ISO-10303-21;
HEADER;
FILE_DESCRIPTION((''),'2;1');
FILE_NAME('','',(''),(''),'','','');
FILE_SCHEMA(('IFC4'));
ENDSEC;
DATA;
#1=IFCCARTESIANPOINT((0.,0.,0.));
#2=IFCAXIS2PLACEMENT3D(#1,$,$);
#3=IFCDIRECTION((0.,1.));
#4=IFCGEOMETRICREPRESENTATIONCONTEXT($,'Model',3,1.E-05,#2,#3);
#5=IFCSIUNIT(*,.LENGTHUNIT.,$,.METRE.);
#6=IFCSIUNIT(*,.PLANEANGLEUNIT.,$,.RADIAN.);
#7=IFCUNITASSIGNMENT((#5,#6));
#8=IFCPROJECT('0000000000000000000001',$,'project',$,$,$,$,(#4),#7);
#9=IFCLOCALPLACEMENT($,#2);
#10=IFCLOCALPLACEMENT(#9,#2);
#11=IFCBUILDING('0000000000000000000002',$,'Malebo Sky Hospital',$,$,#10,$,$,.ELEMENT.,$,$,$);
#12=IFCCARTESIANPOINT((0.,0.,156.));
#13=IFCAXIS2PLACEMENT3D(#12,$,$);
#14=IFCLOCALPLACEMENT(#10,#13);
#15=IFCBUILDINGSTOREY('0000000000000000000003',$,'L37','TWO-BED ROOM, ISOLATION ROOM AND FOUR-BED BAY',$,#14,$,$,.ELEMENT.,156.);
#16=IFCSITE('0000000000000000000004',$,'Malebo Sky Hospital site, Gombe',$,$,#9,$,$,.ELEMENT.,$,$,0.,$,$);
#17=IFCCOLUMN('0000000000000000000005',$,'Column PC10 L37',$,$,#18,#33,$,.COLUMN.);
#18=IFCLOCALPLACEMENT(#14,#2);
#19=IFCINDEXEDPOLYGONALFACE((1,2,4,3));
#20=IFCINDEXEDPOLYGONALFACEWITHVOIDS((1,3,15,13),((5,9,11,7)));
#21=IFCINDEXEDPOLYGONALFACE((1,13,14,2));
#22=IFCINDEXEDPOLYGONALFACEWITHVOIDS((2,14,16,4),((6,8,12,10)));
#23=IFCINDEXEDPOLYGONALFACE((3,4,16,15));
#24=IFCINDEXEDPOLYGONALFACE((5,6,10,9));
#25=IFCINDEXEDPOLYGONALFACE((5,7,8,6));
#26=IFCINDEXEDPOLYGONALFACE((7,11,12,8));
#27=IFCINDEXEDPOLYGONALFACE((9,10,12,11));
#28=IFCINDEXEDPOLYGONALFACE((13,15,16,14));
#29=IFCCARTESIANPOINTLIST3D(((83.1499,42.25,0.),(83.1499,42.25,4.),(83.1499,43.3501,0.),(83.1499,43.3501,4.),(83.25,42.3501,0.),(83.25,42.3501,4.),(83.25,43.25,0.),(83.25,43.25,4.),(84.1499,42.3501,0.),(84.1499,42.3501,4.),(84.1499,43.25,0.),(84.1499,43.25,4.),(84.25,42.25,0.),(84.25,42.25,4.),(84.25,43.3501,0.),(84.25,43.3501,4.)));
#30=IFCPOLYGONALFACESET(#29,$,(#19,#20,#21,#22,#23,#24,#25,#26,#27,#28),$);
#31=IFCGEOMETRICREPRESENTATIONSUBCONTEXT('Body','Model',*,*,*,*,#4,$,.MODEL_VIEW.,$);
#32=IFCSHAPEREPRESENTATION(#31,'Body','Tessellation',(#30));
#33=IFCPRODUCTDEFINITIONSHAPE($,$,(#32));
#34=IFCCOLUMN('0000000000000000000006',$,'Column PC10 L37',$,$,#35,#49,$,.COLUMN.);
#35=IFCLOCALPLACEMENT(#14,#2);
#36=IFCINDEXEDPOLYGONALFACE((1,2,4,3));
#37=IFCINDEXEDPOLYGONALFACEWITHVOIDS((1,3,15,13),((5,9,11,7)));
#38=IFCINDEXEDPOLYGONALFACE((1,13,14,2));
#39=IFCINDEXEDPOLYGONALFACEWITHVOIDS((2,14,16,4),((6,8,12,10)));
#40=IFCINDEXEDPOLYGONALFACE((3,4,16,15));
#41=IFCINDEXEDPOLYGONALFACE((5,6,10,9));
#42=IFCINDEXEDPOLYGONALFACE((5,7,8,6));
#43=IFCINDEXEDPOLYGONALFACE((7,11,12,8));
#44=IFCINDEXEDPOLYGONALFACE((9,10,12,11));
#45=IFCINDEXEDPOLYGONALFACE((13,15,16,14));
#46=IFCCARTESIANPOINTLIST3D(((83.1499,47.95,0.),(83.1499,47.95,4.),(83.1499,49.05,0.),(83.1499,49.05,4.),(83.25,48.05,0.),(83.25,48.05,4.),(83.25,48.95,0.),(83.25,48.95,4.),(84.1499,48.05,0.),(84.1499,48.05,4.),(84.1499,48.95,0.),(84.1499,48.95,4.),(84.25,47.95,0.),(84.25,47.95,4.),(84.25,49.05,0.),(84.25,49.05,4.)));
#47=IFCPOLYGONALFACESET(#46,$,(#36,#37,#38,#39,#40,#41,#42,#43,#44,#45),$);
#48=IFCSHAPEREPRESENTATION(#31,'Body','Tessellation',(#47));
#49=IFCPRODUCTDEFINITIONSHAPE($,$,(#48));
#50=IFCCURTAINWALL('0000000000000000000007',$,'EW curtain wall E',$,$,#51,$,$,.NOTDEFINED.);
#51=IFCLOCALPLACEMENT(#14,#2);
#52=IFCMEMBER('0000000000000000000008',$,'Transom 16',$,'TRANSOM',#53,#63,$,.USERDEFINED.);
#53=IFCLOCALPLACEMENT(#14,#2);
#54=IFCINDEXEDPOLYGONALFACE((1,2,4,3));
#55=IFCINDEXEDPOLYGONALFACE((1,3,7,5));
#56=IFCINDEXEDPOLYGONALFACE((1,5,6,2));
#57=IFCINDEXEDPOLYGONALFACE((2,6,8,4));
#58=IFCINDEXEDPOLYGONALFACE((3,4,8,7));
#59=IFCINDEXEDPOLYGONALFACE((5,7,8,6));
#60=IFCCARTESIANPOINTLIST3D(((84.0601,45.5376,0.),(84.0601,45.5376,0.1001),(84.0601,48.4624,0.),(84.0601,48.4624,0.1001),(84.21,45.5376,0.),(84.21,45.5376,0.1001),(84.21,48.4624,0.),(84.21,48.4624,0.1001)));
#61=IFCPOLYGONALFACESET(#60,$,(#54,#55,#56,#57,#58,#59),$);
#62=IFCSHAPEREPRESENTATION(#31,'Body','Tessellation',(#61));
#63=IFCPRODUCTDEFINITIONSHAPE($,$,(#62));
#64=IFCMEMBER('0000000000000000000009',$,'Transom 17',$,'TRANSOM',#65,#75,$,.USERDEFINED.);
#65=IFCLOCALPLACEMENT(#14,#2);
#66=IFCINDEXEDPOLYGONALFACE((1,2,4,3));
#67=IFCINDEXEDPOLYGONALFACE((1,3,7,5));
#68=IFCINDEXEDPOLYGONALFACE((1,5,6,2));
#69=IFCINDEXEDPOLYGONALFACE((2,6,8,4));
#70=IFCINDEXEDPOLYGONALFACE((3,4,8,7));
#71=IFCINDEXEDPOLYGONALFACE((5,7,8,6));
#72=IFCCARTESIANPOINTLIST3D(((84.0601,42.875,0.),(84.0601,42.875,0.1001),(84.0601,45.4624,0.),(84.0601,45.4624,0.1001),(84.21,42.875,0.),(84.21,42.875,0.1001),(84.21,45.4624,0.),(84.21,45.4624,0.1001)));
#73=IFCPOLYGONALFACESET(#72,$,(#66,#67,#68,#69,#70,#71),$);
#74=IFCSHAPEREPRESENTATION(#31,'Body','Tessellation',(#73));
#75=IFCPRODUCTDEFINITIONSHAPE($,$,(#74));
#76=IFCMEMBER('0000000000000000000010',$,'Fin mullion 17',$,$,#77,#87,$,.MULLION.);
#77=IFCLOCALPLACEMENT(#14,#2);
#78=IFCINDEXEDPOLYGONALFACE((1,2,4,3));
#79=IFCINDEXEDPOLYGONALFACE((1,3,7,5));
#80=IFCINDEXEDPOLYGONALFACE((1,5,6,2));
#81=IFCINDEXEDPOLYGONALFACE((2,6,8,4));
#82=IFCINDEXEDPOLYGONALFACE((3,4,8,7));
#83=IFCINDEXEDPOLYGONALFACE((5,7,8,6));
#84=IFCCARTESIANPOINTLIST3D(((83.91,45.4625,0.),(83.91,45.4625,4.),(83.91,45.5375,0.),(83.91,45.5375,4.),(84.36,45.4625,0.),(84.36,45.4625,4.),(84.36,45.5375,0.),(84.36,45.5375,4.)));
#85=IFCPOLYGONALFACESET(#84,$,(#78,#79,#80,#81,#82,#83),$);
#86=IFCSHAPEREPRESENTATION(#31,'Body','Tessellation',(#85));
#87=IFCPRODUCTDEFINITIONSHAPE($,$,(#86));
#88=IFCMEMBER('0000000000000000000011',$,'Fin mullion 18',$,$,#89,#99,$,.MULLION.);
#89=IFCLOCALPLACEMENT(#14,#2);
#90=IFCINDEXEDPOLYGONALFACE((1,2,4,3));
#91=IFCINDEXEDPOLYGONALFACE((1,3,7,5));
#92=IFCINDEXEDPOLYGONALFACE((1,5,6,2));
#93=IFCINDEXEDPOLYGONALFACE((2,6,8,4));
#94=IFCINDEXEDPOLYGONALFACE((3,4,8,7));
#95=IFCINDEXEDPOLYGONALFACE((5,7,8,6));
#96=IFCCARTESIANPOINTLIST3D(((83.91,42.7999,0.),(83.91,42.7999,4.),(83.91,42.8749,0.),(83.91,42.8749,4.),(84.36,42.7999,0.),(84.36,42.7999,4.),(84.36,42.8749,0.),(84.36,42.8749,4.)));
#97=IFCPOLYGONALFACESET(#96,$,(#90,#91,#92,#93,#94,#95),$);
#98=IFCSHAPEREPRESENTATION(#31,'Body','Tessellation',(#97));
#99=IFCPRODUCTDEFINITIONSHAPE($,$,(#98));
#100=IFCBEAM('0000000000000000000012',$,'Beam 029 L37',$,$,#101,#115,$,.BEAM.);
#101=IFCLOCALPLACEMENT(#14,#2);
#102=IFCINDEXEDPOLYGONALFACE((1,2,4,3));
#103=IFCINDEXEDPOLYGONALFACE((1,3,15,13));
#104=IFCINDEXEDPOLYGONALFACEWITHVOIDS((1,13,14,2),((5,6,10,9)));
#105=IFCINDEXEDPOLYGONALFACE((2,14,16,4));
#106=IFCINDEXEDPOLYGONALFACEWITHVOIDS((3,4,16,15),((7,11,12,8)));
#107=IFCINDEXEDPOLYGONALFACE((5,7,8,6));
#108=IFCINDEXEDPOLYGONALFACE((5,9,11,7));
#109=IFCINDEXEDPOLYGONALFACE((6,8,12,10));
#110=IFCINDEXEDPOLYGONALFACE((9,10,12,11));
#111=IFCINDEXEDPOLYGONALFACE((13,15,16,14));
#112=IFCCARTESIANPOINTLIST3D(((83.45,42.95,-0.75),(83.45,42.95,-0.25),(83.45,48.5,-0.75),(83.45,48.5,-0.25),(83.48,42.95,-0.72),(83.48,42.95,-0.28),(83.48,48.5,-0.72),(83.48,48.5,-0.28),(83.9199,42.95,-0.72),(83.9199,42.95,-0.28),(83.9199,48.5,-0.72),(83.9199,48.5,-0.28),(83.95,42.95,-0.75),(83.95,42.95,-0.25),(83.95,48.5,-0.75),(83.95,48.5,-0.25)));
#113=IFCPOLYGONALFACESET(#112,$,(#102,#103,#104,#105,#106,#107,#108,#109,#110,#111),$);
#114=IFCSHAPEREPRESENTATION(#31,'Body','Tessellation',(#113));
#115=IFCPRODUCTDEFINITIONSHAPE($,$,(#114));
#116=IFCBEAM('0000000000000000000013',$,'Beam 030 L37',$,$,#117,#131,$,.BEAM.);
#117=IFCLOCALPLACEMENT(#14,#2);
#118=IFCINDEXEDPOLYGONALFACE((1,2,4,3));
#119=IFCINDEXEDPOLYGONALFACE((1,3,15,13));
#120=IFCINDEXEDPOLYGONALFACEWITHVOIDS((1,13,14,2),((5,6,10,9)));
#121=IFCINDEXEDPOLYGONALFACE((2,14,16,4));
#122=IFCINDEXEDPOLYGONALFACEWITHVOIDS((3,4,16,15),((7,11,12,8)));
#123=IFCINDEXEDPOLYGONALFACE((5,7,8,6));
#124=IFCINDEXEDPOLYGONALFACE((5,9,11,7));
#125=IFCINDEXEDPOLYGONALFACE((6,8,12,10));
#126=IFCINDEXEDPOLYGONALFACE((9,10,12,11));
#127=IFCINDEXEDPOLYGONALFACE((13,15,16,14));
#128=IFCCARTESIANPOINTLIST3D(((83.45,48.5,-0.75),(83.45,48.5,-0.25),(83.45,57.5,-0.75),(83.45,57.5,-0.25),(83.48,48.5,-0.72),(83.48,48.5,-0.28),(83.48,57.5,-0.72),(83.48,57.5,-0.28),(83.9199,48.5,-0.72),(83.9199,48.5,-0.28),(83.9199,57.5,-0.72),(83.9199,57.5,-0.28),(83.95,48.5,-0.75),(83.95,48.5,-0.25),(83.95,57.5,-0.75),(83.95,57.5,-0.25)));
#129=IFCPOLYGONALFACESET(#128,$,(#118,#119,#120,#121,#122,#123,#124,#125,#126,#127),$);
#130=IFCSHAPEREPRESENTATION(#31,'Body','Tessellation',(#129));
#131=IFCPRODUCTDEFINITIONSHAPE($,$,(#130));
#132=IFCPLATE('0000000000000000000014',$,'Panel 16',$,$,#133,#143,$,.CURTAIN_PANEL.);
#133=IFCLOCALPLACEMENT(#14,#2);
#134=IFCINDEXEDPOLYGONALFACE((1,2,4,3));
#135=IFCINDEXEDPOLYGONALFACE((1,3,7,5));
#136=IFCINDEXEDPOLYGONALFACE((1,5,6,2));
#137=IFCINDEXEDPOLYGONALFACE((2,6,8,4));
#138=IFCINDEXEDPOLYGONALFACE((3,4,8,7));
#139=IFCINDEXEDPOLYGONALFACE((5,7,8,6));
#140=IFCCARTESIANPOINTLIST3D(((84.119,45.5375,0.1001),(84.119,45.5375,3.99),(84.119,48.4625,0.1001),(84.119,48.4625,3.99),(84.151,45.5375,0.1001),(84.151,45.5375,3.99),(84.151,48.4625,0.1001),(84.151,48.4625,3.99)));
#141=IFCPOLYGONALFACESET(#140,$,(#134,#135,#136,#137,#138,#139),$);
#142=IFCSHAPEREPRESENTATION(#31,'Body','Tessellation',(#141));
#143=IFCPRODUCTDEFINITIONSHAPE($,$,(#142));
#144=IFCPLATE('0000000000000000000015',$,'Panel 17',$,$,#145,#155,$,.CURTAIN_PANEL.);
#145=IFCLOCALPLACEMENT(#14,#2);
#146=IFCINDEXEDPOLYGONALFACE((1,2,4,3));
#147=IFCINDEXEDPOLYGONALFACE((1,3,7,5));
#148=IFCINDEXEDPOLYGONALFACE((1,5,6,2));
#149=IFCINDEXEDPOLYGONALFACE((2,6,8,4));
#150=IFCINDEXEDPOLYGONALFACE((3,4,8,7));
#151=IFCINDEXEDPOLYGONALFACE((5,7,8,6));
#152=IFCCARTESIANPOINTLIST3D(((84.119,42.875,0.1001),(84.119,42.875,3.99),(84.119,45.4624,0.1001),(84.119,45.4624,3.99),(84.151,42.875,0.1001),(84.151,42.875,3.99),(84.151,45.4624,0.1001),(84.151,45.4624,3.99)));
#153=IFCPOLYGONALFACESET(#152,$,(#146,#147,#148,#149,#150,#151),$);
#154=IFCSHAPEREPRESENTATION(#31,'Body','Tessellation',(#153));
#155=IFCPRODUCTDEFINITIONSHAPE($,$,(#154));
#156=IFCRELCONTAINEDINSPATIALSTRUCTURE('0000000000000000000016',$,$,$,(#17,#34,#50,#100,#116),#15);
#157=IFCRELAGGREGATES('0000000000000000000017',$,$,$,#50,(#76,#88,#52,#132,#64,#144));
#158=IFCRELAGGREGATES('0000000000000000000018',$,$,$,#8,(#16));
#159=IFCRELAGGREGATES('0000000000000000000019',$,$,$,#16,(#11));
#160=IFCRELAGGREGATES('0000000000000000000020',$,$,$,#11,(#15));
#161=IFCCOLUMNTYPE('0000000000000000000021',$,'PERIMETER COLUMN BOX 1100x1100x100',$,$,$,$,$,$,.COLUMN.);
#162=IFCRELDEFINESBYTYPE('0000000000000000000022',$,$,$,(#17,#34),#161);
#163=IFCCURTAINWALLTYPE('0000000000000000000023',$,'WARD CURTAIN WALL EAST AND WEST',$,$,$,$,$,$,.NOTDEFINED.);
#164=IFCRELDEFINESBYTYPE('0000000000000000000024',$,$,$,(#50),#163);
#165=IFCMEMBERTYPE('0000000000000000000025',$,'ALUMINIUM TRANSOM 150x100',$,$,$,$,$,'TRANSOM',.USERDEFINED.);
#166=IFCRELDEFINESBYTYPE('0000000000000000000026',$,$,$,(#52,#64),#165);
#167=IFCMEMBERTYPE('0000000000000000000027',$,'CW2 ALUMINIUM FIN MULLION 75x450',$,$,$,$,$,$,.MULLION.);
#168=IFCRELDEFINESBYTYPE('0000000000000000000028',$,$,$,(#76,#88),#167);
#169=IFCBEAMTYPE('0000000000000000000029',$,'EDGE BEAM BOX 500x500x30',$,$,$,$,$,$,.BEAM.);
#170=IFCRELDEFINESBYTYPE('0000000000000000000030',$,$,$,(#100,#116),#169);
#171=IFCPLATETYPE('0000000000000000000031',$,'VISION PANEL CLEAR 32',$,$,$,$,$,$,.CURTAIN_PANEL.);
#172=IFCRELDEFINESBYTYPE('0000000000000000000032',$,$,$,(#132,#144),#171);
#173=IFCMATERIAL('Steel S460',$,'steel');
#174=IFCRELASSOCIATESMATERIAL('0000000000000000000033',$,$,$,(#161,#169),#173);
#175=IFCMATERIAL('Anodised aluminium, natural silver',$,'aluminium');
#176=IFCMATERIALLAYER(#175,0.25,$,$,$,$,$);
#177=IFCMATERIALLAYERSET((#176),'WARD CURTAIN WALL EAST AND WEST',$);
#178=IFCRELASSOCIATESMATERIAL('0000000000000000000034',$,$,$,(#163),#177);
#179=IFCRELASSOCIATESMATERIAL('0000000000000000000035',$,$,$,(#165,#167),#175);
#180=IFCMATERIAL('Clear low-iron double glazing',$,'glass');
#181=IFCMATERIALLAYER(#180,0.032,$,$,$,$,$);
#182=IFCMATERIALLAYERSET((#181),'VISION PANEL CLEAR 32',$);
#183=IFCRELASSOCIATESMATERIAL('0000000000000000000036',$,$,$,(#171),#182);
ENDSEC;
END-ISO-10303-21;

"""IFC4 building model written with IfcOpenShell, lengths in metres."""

from ifc_helpers import new_model, si_unit, direction, frame, origin, origin_2d, place, context, subcontext, project, spatial, rectangle, hollow_rectangle, extrude, material, layer, layer_set, material_profile, profile_set, type_object, element, aggregate, save


model = new_model("IFC4")

# Units and contexts
model_context = context("Model", 3, precision=1e-05, world=origin(), true_north=direction((0.0, 1.0)))
body_context = subcontext(model_context, "Body", "Model", "MODEL_VIEW")
ifc_project = project(units=[si_unit("LENGTHUNIT", "METRE"), si_unit("PLANEANGLEUNIT", "RADIAN")], contexts=[model_context])

# Site, building, storey
site_placement = place(None, origin())
site = spatial("IfcSite", under=ifc_project, at=site_placement, Name="Malebo Sky Hospital site, Gombe", CompositionType="ELEMENT", RefElevation=0.0)
building_placement = place(site_placement, origin())
building = spatial("IfcBuilding", under=site, at=building_placement, Name="Malebo Sky Hospital", CompositionType="ELEMENT")
storey_placement = place(building_placement, frame((0.0, 0.0, 156.0)))
storey = spatial("IfcBuildingStorey", under=building, at=storey_placement, Name="L37", Description="TWO-BED ROOM, ISOLATION ROOM AND FOUR-BED BAY", CompositionType="ELEMENT", Elevation=156.0)

# Columns
ifc_material_1 = material(Name="Steel S460", Category="steel")
ifc_material_profile_1 = material_profile(ifc_material_1, hollow_rectangle(XDim=1.1001, YDim=1.1001, WallThickness=0.1001, at=origin_2d()), Name="BOX 1100x1100x100")
ifc_profile_set_1 = profile_set([ifc_material_profile_1], Name="Steel S460")
column_type = type_object("IfcColumnType", Name="PERIMETER COLUMN BOX 1100x1100x100", PredefinedType="COLUMN", material=ifc_profile_set_1)
for number, where, z_axis, x_axis, name in (
    (1, (83.7, 42.8, 0.0), (0.0, 0.0, 1.0), (1.0, 0.0, 0.0), "Column PC10 L37"),
    (2, (83.7, 48.5, 0.0), (0.0, 0.0, 1.0), (1.0, 0.0, 0.0), "Column PC10 L37"),
):
    element("IfcColumn", number, at=place(storey_placement, frame(where, z_axis=z_axis, x_axis=x_axis)), inside=storey, type_object=column_type, Name=name, PredefinedType="COLUMN", context=body_context, shape_type="SweptSolid", body=[
        extrude(hollow_rectangle(XDim=1.1001, YDim=1.1001, WallThickness=0.1001, at=origin_2d()), origin(), (0.0, 0.0, 1.0), 4.0),
    ])

# Curtain wall, members
ifc_material_2 = material(Name="Anodised aluminium, natural silver", Category="aluminium")
ifc_layer_1 = layer(ifc_material_2, 0.25)
ifc_layer_set_1 = layer_set([ifc_layer_1], Name="WARD CURTAIN WALL EAST AND WEST")
curtain_wall_type = type_object("IfcCurtainWallType", Name="WARD CURTAIN WALL EAST AND WEST", PredefinedType="NOTDEFINED", material=ifc_layer_set_1)
curtain_wall_placement = place(storey_placement, origin())
curtain_wall = element("IfcCurtainWall", 3, at=curtain_wall_placement, inside=storey, type_object=curtain_wall_type, Name="EW curtain wall E", PredefinedType="NOTDEFINED")
ifc_material_profile_2 = material_profile(ifc_material_2, rectangle(XDim=0.1499, YDim=0.1001, at=origin_2d()), Name="ALUMINIUM TRANSOM 150x100")
ifc_profile_set_2 = profile_set([ifc_material_profile_2], Name="Anodised aluminium, natural silver")
member_type_1 = type_object("IfcMemberType", Name="ALUMINIUM TRANSOM 150x100", ElementType="TRANSOM", PredefinedType="USERDEFINED", material=ifc_profile_set_2)
member_1_placement = place(storey_placement, frame((84.135, 48.4624, 0.05), z_axis=(0.0, -1.0, 0.0), x_axis=(1.0, 0.0, 0.0)))
member_1 = element("IfcMember", 4, at=member_1_placement, type_object=member_type_1, Name="Transom 16", ObjectType="TRANSOM", PredefinedType="USERDEFINED", context=body_context, shape_type="SweptSolid", body=[
    extrude(rectangle(XDim=0.1499, YDim=0.1001, at=origin_2d()), origin(), (0.0, 0.0, 1.0), 2.9248),
])
member_2_placement = place(storey_placement, frame((84.135, 45.4624, 0.05), z_axis=(0.0, -1.0, 0.0), x_axis=(1.0, 0.0, 0.0)))
member_2 = element("IfcMember", 5, at=member_2_placement, type_object=member_type_1, Name="Transom 17", ObjectType="TRANSOM", PredefinedType="USERDEFINED", context=body_context, shape_type="SweptSolid", body=[
    extrude(rectangle(XDim=0.1499, YDim=0.1001, at=origin_2d()), origin(), (0.0, 0.0, 1.0), 2.5874),
])
ifc_material_profile_3 = material_profile(ifc_material_2, rectangle(XDim=0.075, YDim=0.45, at=origin_2d()), Name="CW2 ALUMINIUM FIN MULLION 75x450")
ifc_profile_set_3 = profile_set([ifc_material_profile_3], Name="Anodised aluminium, natural silver")
member_type_2 = type_object("IfcMemberType", Name="CW2 ALUMINIUM FIN MULLION 75x450", PredefinedType="MULLION", material=ifc_profile_set_3)
member_3_placement = place(storey_placement, frame((84.135, 45.5, 0.0), z_axis=(0.0, 0.0, 1.0), x_axis=(0.0, -1.0, 0.0)))
member_3 = element("IfcMember", 6, at=member_3_placement, type_object=member_type_2, Name="Fin mullion 17", PredefinedType="MULLION", context=body_context, shape_type="SweptSolid", body=[
    extrude(rectangle(XDim=0.075, YDim=0.45, at=origin_2d()), origin(), (0.0, 0.0, 1.0), 4.0),
])
member_4_placement = place(storey_placement, frame((84.135, 42.8374, 0.0), z_axis=(0.0, 0.0, 1.0), x_axis=(0.0, -1.0, 0.0)))
member_4 = element("IfcMember", 7, at=member_4_placement, type_object=member_type_2, Name="Fin mullion 18", PredefinedType="MULLION", context=body_context, shape_type="SweptSolid", body=[
    extrude(rectangle(XDim=0.075, YDim=0.45, at=origin_2d()), origin(), (0.0, 0.0, 1.0), 4.0),
])

# Beams
ifc_material_profile_4 = material_profile(ifc_material_1, hollow_rectangle(XDim=0.5, YDim=0.5, WallThickness=0.03, at=origin_2d()), Name="BOX 500x500x30")
ifc_profile_set_4 = profile_set([ifc_material_profile_4], Name="Steel S460")
beam_type = type_object("IfcBeamType", Name="EDGE BEAM BOX 500x500x30", PredefinedType="BEAM", material=ifc_profile_set_4)
beam_1_placement = place(storey_placement, frame((83.7, 42.95, -0.5), z_axis=(0.0, 1.0, 0.0), x_axis=(-1.0, 0.0, 0.0)))
element("IfcBeam", 8, at=beam_1_placement, inside=storey, type_object=beam_type, Name="Beam 029 L37", PredefinedType="BEAM", context=body_context, shape_type="SweptSolid", body=[
    extrude(hollow_rectangle(XDim=0.5, YDim=0.5, WallThickness=0.03, at=origin_2d()), origin(), (0.0, 0.0, 1.0), 5.55),
])
beam_2_placement = place(storey_placement, frame((83.7, 48.5, -0.5), z_axis=(0.0, 1.0, 0.0), x_axis=(-1.0, 0.0, 0.0)))
element("IfcBeam", 9, at=beam_2_placement, inside=storey, type_object=beam_type, Name="Beam 030 L37", PredefinedType="BEAM", context=body_context, shape_type="SweptSolid", body=[
    extrude(hollow_rectangle(XDim=0.5, YDim=0.5, WallThickness=0.03, at=origin_2d()), origin(), (0.0, 0.0, 1.0), 9.0),
])

# Plates
ifc_material_3 = material(Name="Clear low-iron double glazing", Category="glass")
ifc_layer_2 = layer(ifc_material_3, 0.032)
ifc_layer_set_2 = layer_set([ifc_layer_2], Name="VISION PANEL CLEAR 32")
plate_type = type_object("IfcPlateType", Name="VISION PANEL CLEAR 32", PredefinedType="CURTAIN_PANEL", material=ifc_layer_set_2)
plate_1_placement = place(storey_placement, frame((84.135, 47.0, 0.1001), z_axis=(0.0, 0.0, 1.0), x_axis=(0.0, -1.0, 0.0)))
plate_1 = element("IfcPlate", 10, at=plate_1_placement, type_object=plate_type, Name="Panel 16", PredefinedType="CURTAIN_PANEL", context=body_context, shape_type="SweptSolid", body=[
    extrude(rectangle(XDim=2.925, YDim=0.032, at=origin_2d()), origin(), (0.0, 0.0, 1.0), 3.8899),
])
plate_2_placement = place(storey_placement, frame((84.135, 44.1687, 0.1001), z_axis=(0.0, 0.0, 1.0), x_axis=(0.0, -1.0, 0.0)))
plate_2 = element("IfcPlate", 11, at=plate_2_placement, type_object=plate_type, Name="Panel 17", PredefinedType="CURTAIN_PANEL", context=body_context, shape_type="SweptSolid", body=[
    extrude(rectangle(XDim=2.5874, YDim=0.032, at=origin_2d()), origin(), (0.0, 0.0, 1.0), 3.8899),
])
aggregate(curtain_wall, [member_3, member_4, member_1, plate_1, member_2, plate_2])

save(model, "model.ifc")
